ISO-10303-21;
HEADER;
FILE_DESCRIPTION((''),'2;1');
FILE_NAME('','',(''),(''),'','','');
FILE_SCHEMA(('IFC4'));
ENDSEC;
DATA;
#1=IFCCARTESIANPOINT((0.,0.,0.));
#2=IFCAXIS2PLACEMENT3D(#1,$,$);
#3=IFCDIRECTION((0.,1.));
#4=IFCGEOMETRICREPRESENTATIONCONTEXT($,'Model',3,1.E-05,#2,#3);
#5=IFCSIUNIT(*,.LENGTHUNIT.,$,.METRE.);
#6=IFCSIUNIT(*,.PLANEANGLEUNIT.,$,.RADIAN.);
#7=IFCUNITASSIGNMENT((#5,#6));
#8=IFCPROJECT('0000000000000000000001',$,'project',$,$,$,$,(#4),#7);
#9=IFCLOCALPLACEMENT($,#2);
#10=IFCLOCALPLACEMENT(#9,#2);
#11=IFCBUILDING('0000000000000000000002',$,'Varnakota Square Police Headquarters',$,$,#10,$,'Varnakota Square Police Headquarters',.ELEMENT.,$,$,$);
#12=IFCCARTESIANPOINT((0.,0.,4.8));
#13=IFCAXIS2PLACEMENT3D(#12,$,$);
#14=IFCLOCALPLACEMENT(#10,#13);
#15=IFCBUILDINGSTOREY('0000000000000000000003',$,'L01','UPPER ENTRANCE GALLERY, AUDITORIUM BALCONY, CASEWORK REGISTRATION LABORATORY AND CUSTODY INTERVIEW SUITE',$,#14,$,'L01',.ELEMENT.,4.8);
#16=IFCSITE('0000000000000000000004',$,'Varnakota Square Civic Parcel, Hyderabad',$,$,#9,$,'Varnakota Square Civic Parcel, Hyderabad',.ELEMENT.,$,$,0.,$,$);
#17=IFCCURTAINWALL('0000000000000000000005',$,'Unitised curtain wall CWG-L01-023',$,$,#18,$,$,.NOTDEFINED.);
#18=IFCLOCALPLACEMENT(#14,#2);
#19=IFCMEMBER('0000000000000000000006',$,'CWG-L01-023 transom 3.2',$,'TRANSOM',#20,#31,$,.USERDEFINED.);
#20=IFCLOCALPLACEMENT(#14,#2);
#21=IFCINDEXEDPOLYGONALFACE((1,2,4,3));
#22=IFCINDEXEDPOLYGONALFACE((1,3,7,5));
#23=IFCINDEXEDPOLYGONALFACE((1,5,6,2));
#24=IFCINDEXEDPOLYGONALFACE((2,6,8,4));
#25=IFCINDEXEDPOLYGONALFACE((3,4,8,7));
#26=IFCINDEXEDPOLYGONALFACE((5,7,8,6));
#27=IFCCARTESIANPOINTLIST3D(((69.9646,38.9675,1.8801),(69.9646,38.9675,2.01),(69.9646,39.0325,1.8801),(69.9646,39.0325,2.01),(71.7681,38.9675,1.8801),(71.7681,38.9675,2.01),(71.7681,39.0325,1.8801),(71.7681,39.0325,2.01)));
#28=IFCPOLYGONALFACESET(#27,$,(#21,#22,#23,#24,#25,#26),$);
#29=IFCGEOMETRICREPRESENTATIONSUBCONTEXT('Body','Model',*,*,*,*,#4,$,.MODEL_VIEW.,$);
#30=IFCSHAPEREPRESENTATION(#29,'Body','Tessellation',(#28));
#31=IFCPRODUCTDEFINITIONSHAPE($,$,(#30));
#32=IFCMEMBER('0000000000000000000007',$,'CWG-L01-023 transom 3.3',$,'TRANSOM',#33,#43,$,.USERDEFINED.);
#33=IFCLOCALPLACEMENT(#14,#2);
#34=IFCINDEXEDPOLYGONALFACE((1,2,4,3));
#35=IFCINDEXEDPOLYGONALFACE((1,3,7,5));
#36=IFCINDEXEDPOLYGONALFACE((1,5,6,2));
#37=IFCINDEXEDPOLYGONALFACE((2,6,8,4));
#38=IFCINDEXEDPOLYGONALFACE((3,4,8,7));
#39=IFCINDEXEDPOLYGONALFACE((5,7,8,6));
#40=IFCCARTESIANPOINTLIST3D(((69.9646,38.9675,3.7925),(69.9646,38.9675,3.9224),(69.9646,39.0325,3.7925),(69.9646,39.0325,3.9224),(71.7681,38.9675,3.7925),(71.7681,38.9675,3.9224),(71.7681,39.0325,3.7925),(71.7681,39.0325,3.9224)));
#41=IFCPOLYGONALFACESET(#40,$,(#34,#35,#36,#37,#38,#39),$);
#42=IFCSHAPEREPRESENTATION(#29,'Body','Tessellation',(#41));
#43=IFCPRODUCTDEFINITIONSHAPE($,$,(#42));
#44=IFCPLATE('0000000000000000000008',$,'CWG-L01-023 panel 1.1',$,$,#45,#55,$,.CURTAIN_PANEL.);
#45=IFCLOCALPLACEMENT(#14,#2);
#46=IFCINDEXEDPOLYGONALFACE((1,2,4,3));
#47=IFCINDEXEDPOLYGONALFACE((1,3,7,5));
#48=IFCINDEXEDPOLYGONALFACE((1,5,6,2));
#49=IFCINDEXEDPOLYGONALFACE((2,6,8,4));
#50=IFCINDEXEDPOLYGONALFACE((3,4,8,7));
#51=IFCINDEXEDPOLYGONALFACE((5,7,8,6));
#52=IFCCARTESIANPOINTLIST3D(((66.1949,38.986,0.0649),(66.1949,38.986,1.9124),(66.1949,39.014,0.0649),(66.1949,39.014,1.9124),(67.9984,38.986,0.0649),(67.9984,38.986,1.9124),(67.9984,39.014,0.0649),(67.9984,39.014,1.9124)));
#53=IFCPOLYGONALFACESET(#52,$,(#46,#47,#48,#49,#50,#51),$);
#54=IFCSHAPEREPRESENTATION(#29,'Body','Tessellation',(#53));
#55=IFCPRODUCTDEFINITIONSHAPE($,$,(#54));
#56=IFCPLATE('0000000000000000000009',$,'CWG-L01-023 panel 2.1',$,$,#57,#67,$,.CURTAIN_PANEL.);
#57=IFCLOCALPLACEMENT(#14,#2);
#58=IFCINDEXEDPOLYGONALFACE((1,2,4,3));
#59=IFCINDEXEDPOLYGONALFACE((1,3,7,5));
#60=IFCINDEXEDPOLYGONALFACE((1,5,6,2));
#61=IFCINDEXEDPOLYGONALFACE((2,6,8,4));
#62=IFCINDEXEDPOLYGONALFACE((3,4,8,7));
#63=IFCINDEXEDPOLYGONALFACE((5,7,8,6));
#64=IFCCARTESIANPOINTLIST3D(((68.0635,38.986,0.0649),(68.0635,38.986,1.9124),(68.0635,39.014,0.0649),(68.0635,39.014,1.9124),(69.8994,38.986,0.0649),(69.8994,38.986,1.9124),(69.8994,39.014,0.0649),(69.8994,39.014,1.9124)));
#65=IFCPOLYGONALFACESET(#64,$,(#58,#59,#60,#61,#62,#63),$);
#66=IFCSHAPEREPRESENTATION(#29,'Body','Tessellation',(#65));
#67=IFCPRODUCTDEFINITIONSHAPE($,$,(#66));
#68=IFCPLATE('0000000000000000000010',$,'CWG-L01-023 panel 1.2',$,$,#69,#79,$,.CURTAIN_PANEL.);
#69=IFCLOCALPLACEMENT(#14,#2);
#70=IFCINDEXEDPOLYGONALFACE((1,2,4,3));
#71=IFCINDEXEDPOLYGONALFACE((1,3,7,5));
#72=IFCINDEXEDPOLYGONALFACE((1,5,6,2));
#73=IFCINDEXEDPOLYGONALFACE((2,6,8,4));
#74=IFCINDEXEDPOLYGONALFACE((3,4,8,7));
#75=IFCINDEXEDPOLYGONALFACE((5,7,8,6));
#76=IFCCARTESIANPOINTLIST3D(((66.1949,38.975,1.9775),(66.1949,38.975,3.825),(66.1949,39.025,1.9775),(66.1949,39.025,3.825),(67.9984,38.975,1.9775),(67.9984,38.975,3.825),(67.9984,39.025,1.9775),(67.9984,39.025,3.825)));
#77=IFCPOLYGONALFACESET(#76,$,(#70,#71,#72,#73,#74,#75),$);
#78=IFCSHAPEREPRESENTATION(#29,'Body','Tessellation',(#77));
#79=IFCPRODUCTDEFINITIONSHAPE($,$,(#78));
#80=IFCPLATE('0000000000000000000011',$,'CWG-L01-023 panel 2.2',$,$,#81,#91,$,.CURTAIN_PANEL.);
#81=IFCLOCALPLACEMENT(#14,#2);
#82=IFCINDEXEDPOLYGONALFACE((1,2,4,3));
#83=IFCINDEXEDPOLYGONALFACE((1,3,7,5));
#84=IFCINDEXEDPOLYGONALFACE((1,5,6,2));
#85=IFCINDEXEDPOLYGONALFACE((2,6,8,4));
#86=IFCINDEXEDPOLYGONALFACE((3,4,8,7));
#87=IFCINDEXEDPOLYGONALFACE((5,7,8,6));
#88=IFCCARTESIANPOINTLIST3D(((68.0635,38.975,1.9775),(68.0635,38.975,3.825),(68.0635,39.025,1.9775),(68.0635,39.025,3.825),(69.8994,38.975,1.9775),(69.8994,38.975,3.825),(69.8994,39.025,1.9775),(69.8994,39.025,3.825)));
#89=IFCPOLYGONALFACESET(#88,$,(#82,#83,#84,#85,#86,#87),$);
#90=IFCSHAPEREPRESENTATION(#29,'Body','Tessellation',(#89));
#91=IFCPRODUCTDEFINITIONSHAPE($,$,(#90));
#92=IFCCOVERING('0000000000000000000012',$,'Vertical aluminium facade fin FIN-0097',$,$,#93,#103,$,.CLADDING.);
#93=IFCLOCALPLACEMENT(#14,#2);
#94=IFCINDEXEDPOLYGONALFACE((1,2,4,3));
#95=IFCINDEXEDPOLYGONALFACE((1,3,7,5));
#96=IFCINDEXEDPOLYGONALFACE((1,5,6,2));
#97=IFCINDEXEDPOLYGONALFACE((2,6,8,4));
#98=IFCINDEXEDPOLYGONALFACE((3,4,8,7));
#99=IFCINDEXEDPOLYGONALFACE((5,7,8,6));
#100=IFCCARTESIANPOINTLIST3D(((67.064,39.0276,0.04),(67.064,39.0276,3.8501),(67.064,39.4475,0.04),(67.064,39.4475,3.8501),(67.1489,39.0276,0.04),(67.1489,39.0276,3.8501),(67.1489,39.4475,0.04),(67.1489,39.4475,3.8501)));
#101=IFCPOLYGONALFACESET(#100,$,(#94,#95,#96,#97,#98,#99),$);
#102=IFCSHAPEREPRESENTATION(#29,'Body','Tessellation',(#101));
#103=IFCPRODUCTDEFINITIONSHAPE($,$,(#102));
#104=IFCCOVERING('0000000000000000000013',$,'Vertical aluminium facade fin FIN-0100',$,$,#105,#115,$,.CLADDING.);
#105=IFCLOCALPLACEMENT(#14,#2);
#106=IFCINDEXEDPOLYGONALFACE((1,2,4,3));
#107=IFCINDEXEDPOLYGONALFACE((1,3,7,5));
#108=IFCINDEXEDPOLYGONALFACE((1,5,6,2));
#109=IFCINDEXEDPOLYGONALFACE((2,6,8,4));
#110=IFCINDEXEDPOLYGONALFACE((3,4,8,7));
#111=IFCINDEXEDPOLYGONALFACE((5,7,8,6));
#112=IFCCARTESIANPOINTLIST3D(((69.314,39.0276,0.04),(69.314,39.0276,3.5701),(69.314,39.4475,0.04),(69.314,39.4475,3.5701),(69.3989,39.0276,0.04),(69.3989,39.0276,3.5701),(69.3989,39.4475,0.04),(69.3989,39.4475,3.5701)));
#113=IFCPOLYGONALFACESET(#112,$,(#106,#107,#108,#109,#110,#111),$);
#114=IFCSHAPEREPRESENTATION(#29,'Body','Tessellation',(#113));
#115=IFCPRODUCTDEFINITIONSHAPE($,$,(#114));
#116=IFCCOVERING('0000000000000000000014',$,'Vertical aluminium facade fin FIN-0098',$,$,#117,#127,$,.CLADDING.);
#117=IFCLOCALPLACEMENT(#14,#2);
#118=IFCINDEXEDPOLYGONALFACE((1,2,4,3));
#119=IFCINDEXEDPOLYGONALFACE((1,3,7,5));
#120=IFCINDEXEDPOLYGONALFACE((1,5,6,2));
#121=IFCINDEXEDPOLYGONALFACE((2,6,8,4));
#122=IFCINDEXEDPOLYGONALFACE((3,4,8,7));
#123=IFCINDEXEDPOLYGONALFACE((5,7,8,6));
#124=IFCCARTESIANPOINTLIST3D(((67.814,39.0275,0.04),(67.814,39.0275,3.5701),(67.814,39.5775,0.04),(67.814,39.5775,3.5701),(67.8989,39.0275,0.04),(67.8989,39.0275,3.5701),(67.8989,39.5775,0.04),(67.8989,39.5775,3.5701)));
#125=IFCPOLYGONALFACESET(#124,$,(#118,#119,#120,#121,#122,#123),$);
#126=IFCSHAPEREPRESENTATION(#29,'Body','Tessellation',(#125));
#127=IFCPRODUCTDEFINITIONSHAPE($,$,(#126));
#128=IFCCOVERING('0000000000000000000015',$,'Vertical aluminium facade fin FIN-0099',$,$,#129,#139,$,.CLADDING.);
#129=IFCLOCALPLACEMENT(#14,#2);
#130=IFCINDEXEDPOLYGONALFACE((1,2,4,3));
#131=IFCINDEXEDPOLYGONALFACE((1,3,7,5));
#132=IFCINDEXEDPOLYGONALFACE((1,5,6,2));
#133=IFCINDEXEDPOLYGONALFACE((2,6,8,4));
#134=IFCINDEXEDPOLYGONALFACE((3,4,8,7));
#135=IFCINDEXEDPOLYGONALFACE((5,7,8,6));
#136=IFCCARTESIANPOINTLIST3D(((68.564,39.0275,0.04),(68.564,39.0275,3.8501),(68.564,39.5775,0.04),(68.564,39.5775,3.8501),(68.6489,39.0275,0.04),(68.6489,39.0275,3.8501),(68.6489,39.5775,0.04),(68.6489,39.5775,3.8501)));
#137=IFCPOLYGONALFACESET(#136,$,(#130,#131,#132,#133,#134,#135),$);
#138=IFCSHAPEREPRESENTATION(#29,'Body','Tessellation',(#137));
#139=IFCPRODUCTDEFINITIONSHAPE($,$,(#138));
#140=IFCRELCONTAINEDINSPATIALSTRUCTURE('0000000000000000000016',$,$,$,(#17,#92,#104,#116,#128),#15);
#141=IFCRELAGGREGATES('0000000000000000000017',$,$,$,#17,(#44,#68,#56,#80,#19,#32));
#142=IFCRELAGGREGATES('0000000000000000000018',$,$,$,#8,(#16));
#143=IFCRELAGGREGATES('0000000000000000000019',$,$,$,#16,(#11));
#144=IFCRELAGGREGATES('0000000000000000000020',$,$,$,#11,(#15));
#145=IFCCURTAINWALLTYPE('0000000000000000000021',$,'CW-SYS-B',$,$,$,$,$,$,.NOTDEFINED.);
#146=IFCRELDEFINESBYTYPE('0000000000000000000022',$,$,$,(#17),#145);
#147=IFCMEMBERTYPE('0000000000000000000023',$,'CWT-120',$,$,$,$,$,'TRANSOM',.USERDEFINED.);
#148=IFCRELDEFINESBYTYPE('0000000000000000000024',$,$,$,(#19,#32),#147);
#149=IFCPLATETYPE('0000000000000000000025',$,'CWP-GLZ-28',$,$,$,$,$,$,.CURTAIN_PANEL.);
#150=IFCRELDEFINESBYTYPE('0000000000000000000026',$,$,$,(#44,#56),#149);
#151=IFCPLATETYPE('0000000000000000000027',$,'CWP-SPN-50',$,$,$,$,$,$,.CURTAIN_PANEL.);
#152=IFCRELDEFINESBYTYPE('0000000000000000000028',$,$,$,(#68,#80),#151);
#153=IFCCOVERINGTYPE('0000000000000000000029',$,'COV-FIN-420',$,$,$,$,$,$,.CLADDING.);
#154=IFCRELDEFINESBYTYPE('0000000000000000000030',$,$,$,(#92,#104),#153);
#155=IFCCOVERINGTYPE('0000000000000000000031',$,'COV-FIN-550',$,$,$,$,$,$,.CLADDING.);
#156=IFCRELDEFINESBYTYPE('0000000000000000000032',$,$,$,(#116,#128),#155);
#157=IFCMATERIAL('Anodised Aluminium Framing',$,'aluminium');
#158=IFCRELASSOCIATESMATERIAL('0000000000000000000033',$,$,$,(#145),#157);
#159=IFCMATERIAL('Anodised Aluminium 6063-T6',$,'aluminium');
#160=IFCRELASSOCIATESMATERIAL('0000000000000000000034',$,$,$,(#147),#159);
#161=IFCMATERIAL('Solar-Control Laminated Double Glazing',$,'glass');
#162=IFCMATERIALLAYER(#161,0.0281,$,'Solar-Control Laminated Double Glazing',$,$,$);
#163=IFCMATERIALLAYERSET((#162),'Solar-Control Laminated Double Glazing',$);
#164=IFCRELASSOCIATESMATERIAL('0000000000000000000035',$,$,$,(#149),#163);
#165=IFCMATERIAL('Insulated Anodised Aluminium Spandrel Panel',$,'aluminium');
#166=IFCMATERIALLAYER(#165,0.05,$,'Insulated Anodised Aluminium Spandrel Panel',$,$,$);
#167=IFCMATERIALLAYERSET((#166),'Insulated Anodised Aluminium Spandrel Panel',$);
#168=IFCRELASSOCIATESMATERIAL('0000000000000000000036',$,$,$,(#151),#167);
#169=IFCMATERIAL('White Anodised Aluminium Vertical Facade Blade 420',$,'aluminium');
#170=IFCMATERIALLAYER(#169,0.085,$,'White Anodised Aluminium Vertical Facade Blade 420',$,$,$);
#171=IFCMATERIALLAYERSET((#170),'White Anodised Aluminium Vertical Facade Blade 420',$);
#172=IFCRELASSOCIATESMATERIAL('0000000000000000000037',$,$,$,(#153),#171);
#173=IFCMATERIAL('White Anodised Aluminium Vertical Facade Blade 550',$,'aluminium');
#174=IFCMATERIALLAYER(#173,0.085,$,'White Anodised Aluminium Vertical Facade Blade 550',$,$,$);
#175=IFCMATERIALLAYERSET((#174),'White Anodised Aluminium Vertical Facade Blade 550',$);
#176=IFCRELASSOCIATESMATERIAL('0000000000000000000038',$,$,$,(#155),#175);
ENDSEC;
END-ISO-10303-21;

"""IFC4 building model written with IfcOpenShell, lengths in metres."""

from ifc_helpers import new_model, si_unit, direction, frame, origin, origin_2d, place, context, subcontext, project, spatial, rectangle, extrude, material, layer, layer_set, material_profile, profile_set, type_object, element, aggregate, save


model = new_model("IFC4")

# Units and contexts
model_context = context("Model", 3, precision=1e-05, world=origin(), true_north=direction((0.0, 1.0)))
body_context = subcontext(model_context, "Body", "Model", "MODEL_VIEW")
ifc_project = project(units=[si_unit("LENGTHUNIT", "METRE"), si_unit("PLANEANGLEUNIT", "RADIAN")], contexts=[model_context])

# Site, building, storey
site_placement = place(None, origin())
site = spatial("IfcSite", under=ifc_project, at=site_placement, Name="Varnakota Square Civic Parcel, Hyderabad", LongName="Varnakota Square Civic Parcel, Hyderabad", CompositionType="ELEMENT", RefElevation=0.0)
building_placement = place(site_placement, origin())
building = spatial("IfcBuilding", under=site, at=building_placement, Name="Varnakota Square Police Headquarters", LongName="Varnakota Square Police Headquarters", CompositionType="ELEMENT")
storey_placement = place(building_placement, frame((0.0, 0.0, 4.8)))
storey = spatial("IfcBuildingStorey", under=building, at=storey_placement, Name="L01", Description="UPPER ENTRANCE GALLERY, AUDITORIUM BALCONY, CASEWORK REGISTRATION LABORATORY AND CUSTODY INTERVIEW SUITE", LongName="L01", CompositionType="ELEMENT", Elevation=4.8)

# Shared definitions
ifc_material_1 = material(Name="Anodised Aluminium Framing", Category="aluminium")
curtain_wall_type = type_object("IfcCurtainWallType", Name="CW-SYS-B", PredefinedType="NOTDEFINED", material=ifc_material_1)
ifc_material_2 = material(Name="Anodised Aluminium 6063-T6", Category="aluminium")

# Curtain wall, members, plates
curtain_wall_1_placement = place(storey_placement, origin())
curtain_wall_1 = element("IfcCurtainWall", 1, at=curtain_wall_1_placement, inside=storey, type_object=curtain_wall_type, Name="Unitised curtain wall CWG-L01-023", PredefinedType="NOTDEFINED")
ifc_material_profile_1 = material_profile(ifc_material_2, rectangle(XDim=0.0649, YDim=0.1299, at=origin_2d()), Name="ALU TRANSOM 65x130")
ifc_profile_set_1 = profile_set([ifc_material_profile_1], Name="Anodised Aluminium 6063-T6")
member_type_1 = type_object("IfcMemberType", Name="CWT-120", ElementType="TRANSOM", PredefinedType="USERDEFINED", material=ifc_profile_set_1)
member_1_placement = place(storey_placement, frame((69.9646, 39.0, 1.9451), z_axis=(1.0, 0.0, 0.0), x_axis=(0.0, 1.0, 0.0)))
member_1 = element("IfcMember", 2, at=member_1_placement, type_object=member_type_1, Name="CWG-L01-023 transom 3.2", ObjectType="TRANSOM", PredefinedType="USERDEFINED", context=body_context, shape_type="SweptSolid", body=[
    extrude(rectangle(XDim=0.0649, YDim=0.1299, at=origin_2d()), origin(), (0.0, 0.0, 1.0), 1.8035),
])
member_2_placement = place(storey_placement, frame((69.9646, 39.0, 3.8574), z_axis=(1.0, 0.0, 0.0), x_axis=(0.0, 1.0, 0.0)))
member_2 = element("IfcMember", 3, at=member_2_placement, type_object=member_type_1, Name="CWG-L01-023 transom 3.3", ObjectType="TRANSOM", PredefinedType="USERDEFINED", context=body_context, shape_type="SweptSolid", body=[
    extrude(rectangle(XDim=0.0649, YDim=0.1299, at=origin_2d()), origin(), (0.0, 0.0, 1.0), 1.8035),
])
ifc_material_3 = material(Name="Solar-Control Laminated Double Glazing", Category="glass")
ifc_layer_1 = layer(ifc_material_3, 0.0281, Name="Solar-Control Laminated Double Glazing")
ifc_layer_set_1 = layer_set([ifc_layer_1], Name="Solar-Control Laminated Double Glazing")
plate_type_1 = type_object("IfcPlateType", Name="CWP-GLZ-28", PredefinedType="CURTAIN_PANEL", material=ifc_layer_set_1)
plate_1_placement = place(storey_placement, frame((67.0967, 39.0, 0.0649), z_axis=(0.0, 0.0, 1.0), x_axis=(1.0, 0.0, 0.0)))
plate_1 = element("IfcPlate", 4, at=plate_1_placement, type_object=plate_type_1, Name="CWG-L01-023 panel 1.1", PredefinedType="CURTAIN_PANEL", context=body_context, shape_type="SweptSolid", body=[
    extrude(rectangle(XDim=1.8035, YDim=0.0281, at=origin_2d()), origin(), (0.0, 0.0, 1.0), 1.8474),
])
plate_2_placement = place(storey_placement, frame((68.9814, 39.0, 0.0649), z_axis=(0.0, 0.0, 1.0), x_axis=(1.0, 0.0, 0.0)))
plate_2 = element("IfcPlate", 5, at=plate_2_placement, type_object=plate_type_1, Name="CWG-L01-023 panel 2.1", PredefinedType="CURTAIN_PANEL", context=body_context, shape_type="SweptSolid", body=[
    extrude(rectangle(XDim=1.8359, YDim=0.0281, at=origin_2d()), origin(), (0.0, 0.0, 1.0), 1.8474),
])
ifc_material_4 = material(Name="Insulated Anodised Aluminium Spandrel Panel", Category="aluminium")
ifc_layer_2 = layer(ifc_material_4, 0.05, Name="Insulated Anodised Aluminium Spandrel Panel")
ifc_layer_set_2 = layer_set([ifc_layer_2], Name="Insulated Anodised Aluminium Spandrel Panel")
plate_type_2 = type_object("IfcPlateType", Name="CWP-SPN-50", PredefinedType="CURTAIN_PANEL", material=ifc_layer_set_2)
plate_3_placement = place(storey_placement, frame((67.0967, 39.0, 1.9775), z_axis=(0.0, 0.0, 1.0), x_axis=(1.0, 0.0, 0.0)))
plate_3 = element("IfcPlate", 6, at=plate_3_placement, type_object=plate_type_2, Name="CWG-L01-023 panel 1.2", PredefinedType="CURTAIN_PANEL", context=body_context, shape_type="SweptSolid", body=[
    extrude(rectangle(XDim=1.8035, YDim=0.05, at=origin_2d()), origin(), (0.0, 0.0, 1.0), 1.8474),
])
plate_4_placement = place(storey_placement, frame((68.9814, 39.0, 1.9775), z_axis=(0.0, 0.0, 1.0), x_axis=(1.0, 0.0, 0.0)))
plate_4 = element("IfcPlate", 7, at=plate_4_placement, type_object=plate_type_2, Name="CWG-L01-023 panel 2.2", PredefinedType="CURTAIN_PANEL", context=body_context, shape_type="SweptSolid", body=[
    extrude(rectangle(XDim=1.8359, YDim=0.05, at=origin_2d()), origin(), (0.0, 0.0, 1.0), 1.8474),
])
aggregate(curtain_wall_1, [plate_1, plate_3, plate_2, plate_4, member_1, member_2])

# Coverings
ifc_material_5 = material(Name="White Anodised Aluminium Vertical Facade Blade 420", Category="aluminium")
ifc_layer_3 = layer(ifc_material_5, 0.085, Name="White Anodised Aluminium Vertical Facade Blade 420")
ifc_layer_set_3 = layer_set([ifc_layer_3], Name="White Anodised Aluminium Vertical Facade Blade 420")
covering_type_1 = type_object("IfcCoveringType", Name="COV-FIN-420", PredefinedType="CLADDING", material=ifc_layer_set_3)
covering_1_placement = place(storey_placement, frame((67.1064, 39.2375, 0.04), z_axis=(0.0, 0.0, 1.0), x_axis=(1.0, 0.0, 0.0)))
element("IfcCovering", 8, at=covering_1_placement, inside=storey, type_object=covering_type_1, Name="Vertical aluminium facade fin FIN-0097", PredefinedType="CLADDING", context=body_context, shape_type="SweptSolid", body=[
    extrude(rectangle(XDim=0.085, YDim=0.4199, at=origin_2d()), origin(), (0.0, 0.0, 1.0), 3.8101),
])
covering_2_placement = place(storey_placement, frame((69.3564, 39.2375, 0.04), z_axis=(0.0, 0.0, 1.0), x_axis=(1.0, 0.0, 0.0)))
element("IfcCovering", 9, at=covering_2_placement, inside=storey, type_object=covering_type_1, Name="Vertical aluminium facade fin FIN-0100", PredefinedType="CLADDING", context=body_context, shape_type="SweptSolid", body=[
    extrude(rectangle(XDim=0.085, YDim=0.4199, at=origin_2d()), origin(), (0.0, 0.0, 1.0), 3.53),
])
ifc_material_6 = material(Name="White Anodised Aluminium Vertical Facade Blade 550", Category="aluminium")
ifc_layer_4 = layer(ifc_material_6, 0.085, Name="White Anodised Aluminium Vertical Facade Blade 550")
ifc_layer_set_4 = layer_set([ifc_layer_4], Name="White Anodised Aluminium Vertical Facade Blade 550")
covering_type_2 = type_object("IfcCoveringType", Name="COV-FIN-550", PredefinedType="CLADDING", material=ifc_layer_set_4)
covering_3_placement = place(storey_placement, frame((67.8564, 39.3025, 0.04), z_axis=(0.0, 0.0, 1.0), x_axis=(1.0, 0.0, 0.0)))
element("IfcCovering", 10, at=covering_3_placement, inside=storey, type_object=covering_type_2, Name="Vertical aluminium facade fin FIN-0098", PredefinedType="CLADDING", context=body_context, shape_type="SweptSolid", body=[
    extrude(rectangle(XDim=0.085, YDim=0.55, at=origin_2d()), origin(), (0.0, 0.0, 1.0), 3.53),
])
covering_4_placement = place(storey_placement, frame((68.6064, 39.3025, 0.04), z_axis=(0.0, 0.0, 1.0), x_axis=(1.0, 0.0, 0.0)))
element("IfcCovering", 11, at=covering_4_placement, inside=storey, type_object=covering_type_2, Name="Vertical aluminium facade fin FIN-0099", PredefinedType="CLADDING", context=body_context, shape_type="SweptSolid", body=[
    extrude(rectangle(XDim=0.085, YDim=0.55, at=origin_2d()), origin(), (0.0, 0.0, 1.0), 3.8101),
])

save(model, "model.ifc")
